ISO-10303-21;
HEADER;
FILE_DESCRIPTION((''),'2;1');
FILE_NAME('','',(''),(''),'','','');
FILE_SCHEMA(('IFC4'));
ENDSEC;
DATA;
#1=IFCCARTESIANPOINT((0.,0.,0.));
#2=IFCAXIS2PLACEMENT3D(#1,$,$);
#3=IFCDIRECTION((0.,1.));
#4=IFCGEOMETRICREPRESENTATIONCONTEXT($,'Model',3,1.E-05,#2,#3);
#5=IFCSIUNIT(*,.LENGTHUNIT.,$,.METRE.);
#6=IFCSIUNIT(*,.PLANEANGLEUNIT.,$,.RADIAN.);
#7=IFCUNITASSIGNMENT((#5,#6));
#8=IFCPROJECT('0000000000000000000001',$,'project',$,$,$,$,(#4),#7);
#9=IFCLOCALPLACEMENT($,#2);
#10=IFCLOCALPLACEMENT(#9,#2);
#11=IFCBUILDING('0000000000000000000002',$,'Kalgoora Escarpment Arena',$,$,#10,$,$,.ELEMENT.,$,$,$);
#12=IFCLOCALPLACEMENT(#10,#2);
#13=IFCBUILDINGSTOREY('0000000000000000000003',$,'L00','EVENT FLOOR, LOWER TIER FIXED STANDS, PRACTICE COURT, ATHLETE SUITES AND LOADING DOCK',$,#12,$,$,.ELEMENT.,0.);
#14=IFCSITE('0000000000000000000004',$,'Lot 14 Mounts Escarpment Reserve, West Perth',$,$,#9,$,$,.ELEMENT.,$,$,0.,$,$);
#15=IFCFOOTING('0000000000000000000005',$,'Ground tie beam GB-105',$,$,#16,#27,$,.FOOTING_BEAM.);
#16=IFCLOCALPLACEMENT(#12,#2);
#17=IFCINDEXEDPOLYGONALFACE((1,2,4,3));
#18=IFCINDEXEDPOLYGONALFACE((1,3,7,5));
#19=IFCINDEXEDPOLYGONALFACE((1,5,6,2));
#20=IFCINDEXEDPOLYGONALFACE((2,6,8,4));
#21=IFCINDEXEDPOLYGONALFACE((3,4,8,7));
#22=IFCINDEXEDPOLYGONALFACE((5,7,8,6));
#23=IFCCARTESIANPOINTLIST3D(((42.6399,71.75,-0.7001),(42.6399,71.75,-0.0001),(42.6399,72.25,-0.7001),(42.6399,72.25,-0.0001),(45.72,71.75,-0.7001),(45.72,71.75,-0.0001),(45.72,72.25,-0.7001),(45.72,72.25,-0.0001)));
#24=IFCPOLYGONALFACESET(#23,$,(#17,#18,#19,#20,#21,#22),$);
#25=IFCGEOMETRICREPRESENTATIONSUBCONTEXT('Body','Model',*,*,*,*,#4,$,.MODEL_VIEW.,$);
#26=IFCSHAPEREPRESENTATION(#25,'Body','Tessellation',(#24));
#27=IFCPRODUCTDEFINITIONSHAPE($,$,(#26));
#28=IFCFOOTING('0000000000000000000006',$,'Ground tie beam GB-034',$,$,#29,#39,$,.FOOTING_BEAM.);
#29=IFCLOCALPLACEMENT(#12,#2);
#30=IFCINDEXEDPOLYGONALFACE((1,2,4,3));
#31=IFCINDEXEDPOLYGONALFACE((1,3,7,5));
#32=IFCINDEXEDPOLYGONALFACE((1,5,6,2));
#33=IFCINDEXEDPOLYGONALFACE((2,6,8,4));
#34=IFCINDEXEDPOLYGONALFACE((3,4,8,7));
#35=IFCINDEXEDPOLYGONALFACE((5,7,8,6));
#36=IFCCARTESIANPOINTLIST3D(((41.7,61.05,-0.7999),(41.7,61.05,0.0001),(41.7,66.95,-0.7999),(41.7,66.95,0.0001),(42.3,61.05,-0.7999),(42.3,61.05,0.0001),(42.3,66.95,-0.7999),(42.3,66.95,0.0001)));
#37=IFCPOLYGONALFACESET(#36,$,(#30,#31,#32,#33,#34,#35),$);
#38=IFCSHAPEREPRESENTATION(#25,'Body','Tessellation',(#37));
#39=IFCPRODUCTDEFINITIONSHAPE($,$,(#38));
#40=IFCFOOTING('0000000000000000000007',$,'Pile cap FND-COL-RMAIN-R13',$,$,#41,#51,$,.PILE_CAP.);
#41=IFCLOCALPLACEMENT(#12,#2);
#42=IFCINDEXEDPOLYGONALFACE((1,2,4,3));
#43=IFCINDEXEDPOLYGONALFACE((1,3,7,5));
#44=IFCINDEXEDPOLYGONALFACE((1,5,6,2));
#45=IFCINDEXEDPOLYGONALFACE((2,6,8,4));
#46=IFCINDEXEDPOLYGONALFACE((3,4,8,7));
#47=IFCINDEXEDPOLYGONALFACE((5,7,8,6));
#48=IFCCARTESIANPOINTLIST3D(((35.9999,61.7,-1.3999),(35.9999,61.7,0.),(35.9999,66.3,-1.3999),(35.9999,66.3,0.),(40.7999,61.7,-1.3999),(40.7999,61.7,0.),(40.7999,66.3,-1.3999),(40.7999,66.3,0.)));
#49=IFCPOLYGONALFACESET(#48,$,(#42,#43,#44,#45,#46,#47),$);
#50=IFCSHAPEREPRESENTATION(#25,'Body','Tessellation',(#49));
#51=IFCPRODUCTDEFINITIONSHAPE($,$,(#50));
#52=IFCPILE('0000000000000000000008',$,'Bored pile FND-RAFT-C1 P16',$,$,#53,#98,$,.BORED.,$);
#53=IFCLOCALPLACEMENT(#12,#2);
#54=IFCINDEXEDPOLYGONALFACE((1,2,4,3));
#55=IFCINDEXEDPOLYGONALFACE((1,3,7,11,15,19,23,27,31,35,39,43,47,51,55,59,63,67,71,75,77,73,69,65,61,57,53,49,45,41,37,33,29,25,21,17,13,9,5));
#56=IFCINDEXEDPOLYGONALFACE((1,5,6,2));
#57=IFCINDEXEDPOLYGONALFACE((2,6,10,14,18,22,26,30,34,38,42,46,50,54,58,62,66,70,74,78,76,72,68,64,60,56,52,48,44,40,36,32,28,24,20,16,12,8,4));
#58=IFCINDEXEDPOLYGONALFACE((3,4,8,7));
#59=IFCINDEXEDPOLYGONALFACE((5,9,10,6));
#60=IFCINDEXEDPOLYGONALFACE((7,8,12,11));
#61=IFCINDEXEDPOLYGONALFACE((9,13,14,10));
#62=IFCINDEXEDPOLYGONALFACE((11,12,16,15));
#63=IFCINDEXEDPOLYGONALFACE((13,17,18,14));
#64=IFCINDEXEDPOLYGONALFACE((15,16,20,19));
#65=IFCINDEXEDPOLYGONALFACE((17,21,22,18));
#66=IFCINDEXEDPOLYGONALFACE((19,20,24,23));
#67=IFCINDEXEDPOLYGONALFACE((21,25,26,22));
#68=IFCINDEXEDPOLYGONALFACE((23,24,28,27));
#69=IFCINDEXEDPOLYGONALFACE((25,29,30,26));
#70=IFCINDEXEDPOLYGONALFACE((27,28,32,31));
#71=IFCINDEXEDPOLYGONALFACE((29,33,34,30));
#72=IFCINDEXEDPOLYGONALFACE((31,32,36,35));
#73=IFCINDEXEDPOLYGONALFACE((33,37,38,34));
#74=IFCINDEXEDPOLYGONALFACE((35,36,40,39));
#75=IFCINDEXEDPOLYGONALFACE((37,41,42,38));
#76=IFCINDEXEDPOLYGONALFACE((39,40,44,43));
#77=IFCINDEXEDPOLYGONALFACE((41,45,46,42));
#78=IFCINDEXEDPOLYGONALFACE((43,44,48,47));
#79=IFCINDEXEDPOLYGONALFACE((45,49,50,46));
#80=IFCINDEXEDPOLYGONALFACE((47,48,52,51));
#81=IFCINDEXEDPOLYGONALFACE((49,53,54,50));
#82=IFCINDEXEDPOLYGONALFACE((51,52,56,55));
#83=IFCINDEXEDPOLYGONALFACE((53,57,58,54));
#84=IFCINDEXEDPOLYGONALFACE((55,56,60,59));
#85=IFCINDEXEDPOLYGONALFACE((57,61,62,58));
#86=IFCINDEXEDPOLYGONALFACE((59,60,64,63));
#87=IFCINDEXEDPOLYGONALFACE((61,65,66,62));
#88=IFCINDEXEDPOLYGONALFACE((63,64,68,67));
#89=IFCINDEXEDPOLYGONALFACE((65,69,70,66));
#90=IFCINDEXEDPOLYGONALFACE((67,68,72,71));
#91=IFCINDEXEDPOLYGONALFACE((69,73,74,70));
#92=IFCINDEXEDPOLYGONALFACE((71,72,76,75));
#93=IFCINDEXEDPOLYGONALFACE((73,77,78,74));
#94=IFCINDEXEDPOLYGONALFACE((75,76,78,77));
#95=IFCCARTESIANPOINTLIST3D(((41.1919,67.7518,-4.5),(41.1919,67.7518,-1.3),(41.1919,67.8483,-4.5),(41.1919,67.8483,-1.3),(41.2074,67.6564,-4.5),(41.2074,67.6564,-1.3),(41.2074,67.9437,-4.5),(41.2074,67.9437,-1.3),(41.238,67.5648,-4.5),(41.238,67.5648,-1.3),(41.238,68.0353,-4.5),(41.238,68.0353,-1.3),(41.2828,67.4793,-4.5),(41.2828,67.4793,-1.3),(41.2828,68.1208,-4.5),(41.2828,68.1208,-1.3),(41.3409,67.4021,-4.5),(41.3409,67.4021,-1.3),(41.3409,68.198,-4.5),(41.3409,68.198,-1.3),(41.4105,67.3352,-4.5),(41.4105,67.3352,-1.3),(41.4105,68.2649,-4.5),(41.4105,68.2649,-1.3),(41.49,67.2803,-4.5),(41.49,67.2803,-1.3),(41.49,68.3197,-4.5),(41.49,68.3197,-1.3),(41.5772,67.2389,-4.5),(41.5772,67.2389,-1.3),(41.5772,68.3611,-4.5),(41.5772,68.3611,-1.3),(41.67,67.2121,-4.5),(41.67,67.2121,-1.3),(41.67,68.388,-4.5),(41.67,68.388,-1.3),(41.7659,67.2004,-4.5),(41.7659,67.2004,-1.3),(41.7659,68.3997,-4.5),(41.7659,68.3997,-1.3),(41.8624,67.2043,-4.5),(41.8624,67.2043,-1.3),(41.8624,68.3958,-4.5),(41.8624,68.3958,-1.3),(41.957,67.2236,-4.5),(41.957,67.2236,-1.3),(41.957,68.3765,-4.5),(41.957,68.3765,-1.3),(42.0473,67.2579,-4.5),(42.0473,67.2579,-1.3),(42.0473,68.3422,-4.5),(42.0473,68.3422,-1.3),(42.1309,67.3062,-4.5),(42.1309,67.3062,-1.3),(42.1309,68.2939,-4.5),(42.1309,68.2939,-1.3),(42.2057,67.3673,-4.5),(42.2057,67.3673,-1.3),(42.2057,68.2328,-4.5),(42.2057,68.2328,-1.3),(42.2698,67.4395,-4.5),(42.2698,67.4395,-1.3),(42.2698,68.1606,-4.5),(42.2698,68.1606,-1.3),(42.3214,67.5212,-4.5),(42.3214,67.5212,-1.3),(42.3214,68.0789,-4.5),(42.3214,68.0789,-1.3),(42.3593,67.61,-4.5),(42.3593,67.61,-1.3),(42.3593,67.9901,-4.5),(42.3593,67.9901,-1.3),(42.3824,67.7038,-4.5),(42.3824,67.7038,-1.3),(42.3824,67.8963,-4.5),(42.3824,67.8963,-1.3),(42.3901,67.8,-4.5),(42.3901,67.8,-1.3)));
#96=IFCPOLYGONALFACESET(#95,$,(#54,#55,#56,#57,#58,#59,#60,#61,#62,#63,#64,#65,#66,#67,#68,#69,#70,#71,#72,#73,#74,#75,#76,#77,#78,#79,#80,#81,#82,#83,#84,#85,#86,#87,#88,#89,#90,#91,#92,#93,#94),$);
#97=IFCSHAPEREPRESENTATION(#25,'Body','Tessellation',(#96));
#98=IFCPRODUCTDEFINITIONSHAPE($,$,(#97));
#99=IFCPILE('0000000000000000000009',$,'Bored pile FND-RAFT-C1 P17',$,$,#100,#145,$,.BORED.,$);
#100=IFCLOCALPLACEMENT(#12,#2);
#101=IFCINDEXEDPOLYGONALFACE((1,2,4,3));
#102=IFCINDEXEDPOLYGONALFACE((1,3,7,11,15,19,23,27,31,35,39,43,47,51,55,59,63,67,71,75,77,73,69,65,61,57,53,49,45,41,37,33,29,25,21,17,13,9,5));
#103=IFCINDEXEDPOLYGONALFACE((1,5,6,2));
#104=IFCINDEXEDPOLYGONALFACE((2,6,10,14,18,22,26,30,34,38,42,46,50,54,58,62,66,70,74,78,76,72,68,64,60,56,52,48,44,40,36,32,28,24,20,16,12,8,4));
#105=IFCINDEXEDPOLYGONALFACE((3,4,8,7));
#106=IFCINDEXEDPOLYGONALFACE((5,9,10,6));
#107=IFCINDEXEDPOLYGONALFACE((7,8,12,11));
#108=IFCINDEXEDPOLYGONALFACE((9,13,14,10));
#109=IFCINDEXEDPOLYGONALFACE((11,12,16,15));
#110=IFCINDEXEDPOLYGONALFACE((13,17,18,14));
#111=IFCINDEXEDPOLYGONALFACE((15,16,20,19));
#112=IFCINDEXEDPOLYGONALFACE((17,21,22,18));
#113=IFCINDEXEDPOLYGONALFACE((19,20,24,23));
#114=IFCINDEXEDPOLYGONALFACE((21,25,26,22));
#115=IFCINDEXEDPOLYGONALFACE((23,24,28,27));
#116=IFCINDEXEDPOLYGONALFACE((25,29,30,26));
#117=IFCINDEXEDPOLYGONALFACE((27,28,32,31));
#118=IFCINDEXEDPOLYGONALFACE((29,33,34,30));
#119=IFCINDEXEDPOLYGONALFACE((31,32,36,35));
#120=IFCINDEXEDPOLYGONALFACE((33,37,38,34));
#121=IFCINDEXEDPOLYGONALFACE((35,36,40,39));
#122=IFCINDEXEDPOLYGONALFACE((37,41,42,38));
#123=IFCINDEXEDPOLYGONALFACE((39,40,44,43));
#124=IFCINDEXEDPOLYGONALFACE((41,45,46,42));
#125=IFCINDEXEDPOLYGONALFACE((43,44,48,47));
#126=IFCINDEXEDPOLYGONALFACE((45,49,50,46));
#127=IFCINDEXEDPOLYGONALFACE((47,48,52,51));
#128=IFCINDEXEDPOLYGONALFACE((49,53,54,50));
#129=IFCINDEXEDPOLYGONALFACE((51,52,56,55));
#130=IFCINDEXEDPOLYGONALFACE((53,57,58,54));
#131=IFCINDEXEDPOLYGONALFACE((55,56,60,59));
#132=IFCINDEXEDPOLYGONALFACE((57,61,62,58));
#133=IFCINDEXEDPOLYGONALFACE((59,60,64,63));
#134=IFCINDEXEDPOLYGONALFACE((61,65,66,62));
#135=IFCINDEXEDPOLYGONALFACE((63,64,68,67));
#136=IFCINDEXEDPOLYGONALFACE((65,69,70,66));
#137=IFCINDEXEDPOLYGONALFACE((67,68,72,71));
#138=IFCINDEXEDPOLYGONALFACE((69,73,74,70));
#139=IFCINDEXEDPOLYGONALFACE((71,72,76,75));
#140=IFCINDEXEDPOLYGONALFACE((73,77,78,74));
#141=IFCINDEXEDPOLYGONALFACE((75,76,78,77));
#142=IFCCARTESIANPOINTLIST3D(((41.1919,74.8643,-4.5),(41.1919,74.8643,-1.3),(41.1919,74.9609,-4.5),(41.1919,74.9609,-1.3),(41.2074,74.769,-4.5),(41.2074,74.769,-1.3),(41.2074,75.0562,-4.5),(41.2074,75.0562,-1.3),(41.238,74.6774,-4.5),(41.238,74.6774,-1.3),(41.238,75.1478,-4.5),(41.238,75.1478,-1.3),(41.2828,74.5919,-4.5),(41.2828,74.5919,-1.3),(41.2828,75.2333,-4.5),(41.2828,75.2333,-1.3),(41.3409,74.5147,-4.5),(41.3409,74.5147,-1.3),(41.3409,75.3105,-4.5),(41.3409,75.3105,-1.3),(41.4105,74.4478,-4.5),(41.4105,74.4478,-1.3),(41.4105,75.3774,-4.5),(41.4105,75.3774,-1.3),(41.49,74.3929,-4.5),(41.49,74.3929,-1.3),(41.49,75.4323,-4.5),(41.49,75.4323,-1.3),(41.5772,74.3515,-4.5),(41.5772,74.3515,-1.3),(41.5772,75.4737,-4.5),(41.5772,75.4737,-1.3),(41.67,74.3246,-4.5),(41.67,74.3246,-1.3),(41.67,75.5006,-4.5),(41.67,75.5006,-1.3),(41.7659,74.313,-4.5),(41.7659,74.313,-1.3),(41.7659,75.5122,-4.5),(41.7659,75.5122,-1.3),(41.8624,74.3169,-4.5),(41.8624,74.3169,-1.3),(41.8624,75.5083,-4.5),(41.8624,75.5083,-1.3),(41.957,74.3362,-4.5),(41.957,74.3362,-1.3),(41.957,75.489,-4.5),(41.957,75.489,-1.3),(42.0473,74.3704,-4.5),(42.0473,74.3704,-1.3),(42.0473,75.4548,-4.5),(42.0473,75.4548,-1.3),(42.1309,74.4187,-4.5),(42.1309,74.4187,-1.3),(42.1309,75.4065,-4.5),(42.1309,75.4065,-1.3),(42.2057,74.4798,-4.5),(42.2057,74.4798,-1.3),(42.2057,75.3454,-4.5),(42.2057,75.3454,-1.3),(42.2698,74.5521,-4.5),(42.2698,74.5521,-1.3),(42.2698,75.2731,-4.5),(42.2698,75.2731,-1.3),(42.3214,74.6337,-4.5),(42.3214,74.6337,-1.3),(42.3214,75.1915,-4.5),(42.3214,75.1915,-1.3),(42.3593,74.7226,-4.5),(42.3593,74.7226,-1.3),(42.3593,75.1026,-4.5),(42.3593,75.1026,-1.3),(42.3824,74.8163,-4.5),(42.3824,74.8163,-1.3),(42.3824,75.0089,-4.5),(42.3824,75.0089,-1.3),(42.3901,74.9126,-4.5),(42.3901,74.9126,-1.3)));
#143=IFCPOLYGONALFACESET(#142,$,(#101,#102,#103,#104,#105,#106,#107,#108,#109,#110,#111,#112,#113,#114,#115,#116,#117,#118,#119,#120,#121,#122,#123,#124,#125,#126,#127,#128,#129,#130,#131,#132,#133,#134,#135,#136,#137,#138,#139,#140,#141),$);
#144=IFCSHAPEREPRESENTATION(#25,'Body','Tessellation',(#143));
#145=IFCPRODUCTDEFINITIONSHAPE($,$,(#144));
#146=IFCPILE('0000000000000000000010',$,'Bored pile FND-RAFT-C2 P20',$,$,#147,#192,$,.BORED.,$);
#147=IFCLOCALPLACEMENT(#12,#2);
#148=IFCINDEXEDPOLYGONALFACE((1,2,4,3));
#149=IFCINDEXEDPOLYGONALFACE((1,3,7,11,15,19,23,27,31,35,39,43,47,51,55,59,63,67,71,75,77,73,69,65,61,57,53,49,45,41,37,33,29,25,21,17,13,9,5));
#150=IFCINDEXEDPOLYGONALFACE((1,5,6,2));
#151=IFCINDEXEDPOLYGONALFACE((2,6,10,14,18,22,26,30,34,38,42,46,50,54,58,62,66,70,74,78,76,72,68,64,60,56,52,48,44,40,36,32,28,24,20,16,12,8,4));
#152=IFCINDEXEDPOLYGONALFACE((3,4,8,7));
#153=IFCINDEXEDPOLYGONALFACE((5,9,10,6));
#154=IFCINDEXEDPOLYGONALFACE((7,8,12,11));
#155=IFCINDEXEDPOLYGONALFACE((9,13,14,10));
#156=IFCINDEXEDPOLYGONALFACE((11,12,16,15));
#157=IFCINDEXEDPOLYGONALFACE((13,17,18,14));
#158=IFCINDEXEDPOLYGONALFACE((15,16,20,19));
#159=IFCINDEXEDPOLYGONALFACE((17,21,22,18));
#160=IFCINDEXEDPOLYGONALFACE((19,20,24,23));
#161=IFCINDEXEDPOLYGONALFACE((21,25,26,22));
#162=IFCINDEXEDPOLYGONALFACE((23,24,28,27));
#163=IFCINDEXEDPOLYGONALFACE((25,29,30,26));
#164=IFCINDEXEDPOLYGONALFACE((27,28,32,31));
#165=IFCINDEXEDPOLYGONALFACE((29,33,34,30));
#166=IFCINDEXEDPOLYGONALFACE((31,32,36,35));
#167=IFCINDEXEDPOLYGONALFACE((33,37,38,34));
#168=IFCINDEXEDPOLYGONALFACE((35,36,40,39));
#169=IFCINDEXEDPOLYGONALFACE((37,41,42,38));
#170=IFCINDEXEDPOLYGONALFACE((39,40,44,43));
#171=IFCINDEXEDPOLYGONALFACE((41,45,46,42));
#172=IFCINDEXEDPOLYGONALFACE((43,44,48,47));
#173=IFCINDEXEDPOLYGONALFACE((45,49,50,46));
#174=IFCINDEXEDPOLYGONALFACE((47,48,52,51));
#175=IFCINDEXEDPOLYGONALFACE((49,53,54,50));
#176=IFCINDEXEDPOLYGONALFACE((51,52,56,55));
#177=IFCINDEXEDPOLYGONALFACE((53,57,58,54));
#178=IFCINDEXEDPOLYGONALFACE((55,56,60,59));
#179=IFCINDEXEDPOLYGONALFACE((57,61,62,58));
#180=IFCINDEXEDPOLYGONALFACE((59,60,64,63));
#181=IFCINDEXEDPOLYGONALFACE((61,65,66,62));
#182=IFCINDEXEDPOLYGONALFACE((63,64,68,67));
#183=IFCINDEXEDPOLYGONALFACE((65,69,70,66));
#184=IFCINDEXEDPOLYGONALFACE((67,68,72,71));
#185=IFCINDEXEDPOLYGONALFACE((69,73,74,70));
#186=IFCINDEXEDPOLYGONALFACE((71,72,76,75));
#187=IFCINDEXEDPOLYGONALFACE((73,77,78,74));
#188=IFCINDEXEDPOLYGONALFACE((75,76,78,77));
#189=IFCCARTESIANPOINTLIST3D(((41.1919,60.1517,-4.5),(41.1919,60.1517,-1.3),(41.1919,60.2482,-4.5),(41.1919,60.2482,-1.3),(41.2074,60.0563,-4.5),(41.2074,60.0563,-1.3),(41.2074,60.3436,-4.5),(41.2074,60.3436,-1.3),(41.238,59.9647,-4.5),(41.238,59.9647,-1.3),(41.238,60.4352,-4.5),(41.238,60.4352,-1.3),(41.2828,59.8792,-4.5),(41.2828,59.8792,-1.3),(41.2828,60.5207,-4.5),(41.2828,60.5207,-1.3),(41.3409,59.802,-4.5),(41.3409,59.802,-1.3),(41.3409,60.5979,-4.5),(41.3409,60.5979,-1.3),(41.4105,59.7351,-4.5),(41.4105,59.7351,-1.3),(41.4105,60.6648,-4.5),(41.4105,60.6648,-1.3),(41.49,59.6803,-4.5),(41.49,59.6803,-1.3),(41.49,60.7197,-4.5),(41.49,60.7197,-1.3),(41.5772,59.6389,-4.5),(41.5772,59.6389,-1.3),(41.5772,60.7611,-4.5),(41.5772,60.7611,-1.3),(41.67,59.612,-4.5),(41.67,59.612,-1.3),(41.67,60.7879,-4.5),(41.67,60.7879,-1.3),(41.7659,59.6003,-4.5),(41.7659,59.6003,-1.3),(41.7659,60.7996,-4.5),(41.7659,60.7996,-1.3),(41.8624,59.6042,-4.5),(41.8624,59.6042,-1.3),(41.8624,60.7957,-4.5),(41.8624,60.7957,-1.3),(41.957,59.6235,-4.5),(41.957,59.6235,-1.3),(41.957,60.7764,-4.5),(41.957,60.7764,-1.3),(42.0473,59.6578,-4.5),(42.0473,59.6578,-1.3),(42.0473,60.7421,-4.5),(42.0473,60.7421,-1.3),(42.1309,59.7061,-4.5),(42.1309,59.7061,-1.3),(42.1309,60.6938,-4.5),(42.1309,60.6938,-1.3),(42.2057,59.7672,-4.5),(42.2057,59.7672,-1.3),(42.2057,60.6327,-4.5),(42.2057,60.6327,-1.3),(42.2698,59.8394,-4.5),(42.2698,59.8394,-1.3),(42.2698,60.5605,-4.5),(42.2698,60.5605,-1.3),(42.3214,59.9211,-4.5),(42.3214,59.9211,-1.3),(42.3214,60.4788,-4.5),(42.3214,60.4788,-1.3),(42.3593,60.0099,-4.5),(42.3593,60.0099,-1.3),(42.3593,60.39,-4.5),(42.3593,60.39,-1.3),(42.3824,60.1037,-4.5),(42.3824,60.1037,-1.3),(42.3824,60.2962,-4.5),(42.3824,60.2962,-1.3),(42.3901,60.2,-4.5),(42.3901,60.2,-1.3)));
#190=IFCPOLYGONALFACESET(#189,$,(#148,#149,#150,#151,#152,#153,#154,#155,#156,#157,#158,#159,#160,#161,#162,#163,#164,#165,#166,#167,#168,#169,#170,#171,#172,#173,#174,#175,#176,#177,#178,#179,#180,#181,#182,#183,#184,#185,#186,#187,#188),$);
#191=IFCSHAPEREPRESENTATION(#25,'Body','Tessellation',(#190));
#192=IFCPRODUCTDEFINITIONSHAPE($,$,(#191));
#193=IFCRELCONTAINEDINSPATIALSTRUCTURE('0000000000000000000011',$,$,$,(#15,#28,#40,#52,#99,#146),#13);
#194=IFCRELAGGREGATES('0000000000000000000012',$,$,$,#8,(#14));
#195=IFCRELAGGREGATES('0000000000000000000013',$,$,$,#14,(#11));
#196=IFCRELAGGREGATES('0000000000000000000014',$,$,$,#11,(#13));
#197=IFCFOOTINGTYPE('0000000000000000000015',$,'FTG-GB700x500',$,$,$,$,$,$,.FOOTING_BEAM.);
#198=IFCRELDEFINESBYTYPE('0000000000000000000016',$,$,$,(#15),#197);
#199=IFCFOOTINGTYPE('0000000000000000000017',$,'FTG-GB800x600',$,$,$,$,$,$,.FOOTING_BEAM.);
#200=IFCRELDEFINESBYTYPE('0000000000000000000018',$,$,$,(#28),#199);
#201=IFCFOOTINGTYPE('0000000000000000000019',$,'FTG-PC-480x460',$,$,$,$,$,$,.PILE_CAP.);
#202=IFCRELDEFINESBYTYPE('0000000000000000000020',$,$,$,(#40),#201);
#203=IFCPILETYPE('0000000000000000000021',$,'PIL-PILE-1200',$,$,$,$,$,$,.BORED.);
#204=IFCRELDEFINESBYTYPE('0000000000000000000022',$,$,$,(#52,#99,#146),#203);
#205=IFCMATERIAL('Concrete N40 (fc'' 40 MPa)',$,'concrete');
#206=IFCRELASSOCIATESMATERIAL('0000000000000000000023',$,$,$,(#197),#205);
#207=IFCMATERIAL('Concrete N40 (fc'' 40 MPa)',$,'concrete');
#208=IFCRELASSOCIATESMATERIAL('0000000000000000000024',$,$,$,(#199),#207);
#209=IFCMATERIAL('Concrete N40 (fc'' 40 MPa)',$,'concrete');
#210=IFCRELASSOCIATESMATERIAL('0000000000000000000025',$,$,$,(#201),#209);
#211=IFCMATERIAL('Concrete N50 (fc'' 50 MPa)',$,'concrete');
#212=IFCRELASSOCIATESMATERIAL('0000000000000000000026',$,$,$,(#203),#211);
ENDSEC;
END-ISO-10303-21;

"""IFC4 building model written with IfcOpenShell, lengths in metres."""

from ifc_helpers import new_model, si_unit, direction, frame, origin, origin_2d, place, context, subcontext, project, spatial, rectangle, circle, extrude, material, material_profile, profile_set, type_object, element, save


model = new_model("IFC4")

# Units and contexts
model_context = context("Model", 3, precision=1e-05, world=origin(), true_north=direction((0.0, 1.0)))
body_context = subcontext(model_context, "Body", "Model", "MODEL_VIEW")
ifc_project = project(units=[si_unit("LENGTHUNIT", "METRE"), si_unit("PLANEANGLEUNIT", "RADIAN")], contexts=[model_context])

# Site, building, storey
site_placement = place(None, origin())
site = spatial("IfcSite", under=ifc_project, at=site_placement, Name="Lot 14 Mounts Escarpment Reserve, West Perth", CompositionType="ELEMENT", RefElevation=0.0)
building_placement = place(site_placement, origin())
building = spatial("IfcBuilding", under=site, at=building_placement, Name="Kalgoora Escarpment Arena", CompositionType="ELEMENT")
storey_placement = place(building_placement, origin())
storey = spatial("IfcBuildingStorey", under=building, at=storey_placement, Name="L00", Description="EVENT FLOOR, LOWER TIER FIXED STANDS, PRACTICE COURT, ATHLETE SUITES AND LOADING DOCK", CompositionType="ELEMENT", Elevation=0.0)

# Footings
ifc_material_1 = material(Name="Concrete N40 (fc' 40 MPa)", Category="concrete")
ifc_material_profile_1 = material_profile(ifc_material_1, rectangle(XDim=0.5, YDim=0.7, at=origin_2d()))
ifc_profile_set_1 = profile_set([ifc_material_profile_1], Name="Concrete N40 (fc' 40 MPa)")
footing_type_1 = type_object("IfcFootingType", Name="FTG-GB700x500", PredefinedType="FOOTING_BEAM", material=ifc_profile_set_1)
footing_1_placement = place(storey_placement, frame((42.6399, 72.0, -0.3501), z_axis=(1.0, 0.0, 0.0), x_axis=(0.0, 1.0, 0.0)))
element("IfcFooting", 1, at=footing_1_placement, inside=storey, type_object=footing_type_1, Name="Ground tie beam GB-105", PredefinedType="FOOTING_BEAM", context=body_context, shape_type="SweptSolid", body=[
    extrude(rectangle(XDim=0.5, YDim=0.7, at=origin_2d()), origin(), (0.0, 0.0, 1.0), 3.0801),
])
ifc_material_2 = material(Name="Concrete N40 (fc' 40 MPa)", Category="concrete")
ifc_material_profile_2 = material_profile(ifc_material_2, rectangle(XDim=0.6001, YDim=0.8, at=origin_2d()))
ifc_profile_set_2 = profile_set([ifc_material_profile_2], Name="Concrete N40 (fc' 40 MPa)")
footing_type_2 = type_object("IfcFootingType", Name="FTG-GB800x600", PredefinedType="FOOTING_BEAM", material=ifc_profile_set_2)
footing_2_placement = place(storey_placement, frame((42.0, 61.05, -0.3999), z_axis=(0.0, 1.0, 0.0), x_axis=(-1.0, 0.0, 0.0)))
element("IfcFooting", 2, at=footing_2_placement, inside=storey, type_object=footing_type_2, Name="Ground tie beam GB-034", PredefinedType="FOOTING_BEAM", context=body_context, shape_type="SweptSolid", body=[
    extrude(rectangle(XDim=0.6001, YDim=0.8, at=origin_2d()), origin(), (0.0, 0.0, 1.0), 5.8999),
])
ifc_material_3 = material(Name="Concrete N40 (fc' 40 MPa)", Category="concrete")
footing_type_3 = type_object("IfcFootingType", Name="FTG-PC-480x460", PredefinedType="PILE_CAP", material=ifc_material_3)
footing_3_placement = place(storey_placement, frame((38.3999, 64.0, -1.3999), z_axis=(0.0, 0.0, 1.0), x_axis=(1.0, 0.0, 0.0)))
element("IfcFooting", 3, at=footing_3_placement, inside=storey, type_object=footing_type_3, Name="Pile cap FND-COL-RMAIN-R13", PredefinedType="PILE_CAP", context=body_context, shape_type="SweptSolid", body=[
    extrude(rectangle(XDim=4.8, YDim=4.6001, at=origin_2d()), origin(), (0.0, 0.0, 1.0), 1.3999),
])

# Piles
ifc_material_4 = material(Name="Concrete N50 (fc' 50 MPa)", Category="concrete")
ifc_material_profile_3 = material_profile(ifc_material_4, circle(Radius=0.6001, at=origin_2d()))
ifc_profile_set_3 = profile_set([ifc_material_profile_3], Name="Concrete N50 (fc' 50 MPa)")
pile_type_1 = type_object("IfcPileType", Name="PIL-PILE-1200", PredefinedType="BORED", material=ifc_profile_set_3)
for number, where, z_axis, x_axis, name in (
    (4, (41.79, 67.8, -1.3), (0.0, 0.0, -1.0), (1.0, 0.0, 0.0), "Bored pile FND-RAFT-C1 P16"),
    (5, (41.79, 74.9126, -1.3), (0.0, 0.0, -1.0), (1.0, 0.0, 0.0), "Bored pile FND-RAFT-C1 P17"),
    (6, (41.79, 60.2, -1.3), (0.0, 0.0, -1.0), (1.0, 0.0, 0.0), "Bored pile FND-RAFT-C2 P20"),
):
    element("IfcPile", number, at=place(storey_placement, frame(where, z_axis=z_axis, x_axis=x_axis)), inside=storey, type_object=pile_type_1, Name=name, PredefinedType="BORED", context=body_context, shape_type="SweptSolid", body=[
        extrude(circle(Radius=0.6001, at=origin_2d()), origin(), (0.0, 0.0, 1.0), 3.2),
    ])

save(model, "model.ifc")
